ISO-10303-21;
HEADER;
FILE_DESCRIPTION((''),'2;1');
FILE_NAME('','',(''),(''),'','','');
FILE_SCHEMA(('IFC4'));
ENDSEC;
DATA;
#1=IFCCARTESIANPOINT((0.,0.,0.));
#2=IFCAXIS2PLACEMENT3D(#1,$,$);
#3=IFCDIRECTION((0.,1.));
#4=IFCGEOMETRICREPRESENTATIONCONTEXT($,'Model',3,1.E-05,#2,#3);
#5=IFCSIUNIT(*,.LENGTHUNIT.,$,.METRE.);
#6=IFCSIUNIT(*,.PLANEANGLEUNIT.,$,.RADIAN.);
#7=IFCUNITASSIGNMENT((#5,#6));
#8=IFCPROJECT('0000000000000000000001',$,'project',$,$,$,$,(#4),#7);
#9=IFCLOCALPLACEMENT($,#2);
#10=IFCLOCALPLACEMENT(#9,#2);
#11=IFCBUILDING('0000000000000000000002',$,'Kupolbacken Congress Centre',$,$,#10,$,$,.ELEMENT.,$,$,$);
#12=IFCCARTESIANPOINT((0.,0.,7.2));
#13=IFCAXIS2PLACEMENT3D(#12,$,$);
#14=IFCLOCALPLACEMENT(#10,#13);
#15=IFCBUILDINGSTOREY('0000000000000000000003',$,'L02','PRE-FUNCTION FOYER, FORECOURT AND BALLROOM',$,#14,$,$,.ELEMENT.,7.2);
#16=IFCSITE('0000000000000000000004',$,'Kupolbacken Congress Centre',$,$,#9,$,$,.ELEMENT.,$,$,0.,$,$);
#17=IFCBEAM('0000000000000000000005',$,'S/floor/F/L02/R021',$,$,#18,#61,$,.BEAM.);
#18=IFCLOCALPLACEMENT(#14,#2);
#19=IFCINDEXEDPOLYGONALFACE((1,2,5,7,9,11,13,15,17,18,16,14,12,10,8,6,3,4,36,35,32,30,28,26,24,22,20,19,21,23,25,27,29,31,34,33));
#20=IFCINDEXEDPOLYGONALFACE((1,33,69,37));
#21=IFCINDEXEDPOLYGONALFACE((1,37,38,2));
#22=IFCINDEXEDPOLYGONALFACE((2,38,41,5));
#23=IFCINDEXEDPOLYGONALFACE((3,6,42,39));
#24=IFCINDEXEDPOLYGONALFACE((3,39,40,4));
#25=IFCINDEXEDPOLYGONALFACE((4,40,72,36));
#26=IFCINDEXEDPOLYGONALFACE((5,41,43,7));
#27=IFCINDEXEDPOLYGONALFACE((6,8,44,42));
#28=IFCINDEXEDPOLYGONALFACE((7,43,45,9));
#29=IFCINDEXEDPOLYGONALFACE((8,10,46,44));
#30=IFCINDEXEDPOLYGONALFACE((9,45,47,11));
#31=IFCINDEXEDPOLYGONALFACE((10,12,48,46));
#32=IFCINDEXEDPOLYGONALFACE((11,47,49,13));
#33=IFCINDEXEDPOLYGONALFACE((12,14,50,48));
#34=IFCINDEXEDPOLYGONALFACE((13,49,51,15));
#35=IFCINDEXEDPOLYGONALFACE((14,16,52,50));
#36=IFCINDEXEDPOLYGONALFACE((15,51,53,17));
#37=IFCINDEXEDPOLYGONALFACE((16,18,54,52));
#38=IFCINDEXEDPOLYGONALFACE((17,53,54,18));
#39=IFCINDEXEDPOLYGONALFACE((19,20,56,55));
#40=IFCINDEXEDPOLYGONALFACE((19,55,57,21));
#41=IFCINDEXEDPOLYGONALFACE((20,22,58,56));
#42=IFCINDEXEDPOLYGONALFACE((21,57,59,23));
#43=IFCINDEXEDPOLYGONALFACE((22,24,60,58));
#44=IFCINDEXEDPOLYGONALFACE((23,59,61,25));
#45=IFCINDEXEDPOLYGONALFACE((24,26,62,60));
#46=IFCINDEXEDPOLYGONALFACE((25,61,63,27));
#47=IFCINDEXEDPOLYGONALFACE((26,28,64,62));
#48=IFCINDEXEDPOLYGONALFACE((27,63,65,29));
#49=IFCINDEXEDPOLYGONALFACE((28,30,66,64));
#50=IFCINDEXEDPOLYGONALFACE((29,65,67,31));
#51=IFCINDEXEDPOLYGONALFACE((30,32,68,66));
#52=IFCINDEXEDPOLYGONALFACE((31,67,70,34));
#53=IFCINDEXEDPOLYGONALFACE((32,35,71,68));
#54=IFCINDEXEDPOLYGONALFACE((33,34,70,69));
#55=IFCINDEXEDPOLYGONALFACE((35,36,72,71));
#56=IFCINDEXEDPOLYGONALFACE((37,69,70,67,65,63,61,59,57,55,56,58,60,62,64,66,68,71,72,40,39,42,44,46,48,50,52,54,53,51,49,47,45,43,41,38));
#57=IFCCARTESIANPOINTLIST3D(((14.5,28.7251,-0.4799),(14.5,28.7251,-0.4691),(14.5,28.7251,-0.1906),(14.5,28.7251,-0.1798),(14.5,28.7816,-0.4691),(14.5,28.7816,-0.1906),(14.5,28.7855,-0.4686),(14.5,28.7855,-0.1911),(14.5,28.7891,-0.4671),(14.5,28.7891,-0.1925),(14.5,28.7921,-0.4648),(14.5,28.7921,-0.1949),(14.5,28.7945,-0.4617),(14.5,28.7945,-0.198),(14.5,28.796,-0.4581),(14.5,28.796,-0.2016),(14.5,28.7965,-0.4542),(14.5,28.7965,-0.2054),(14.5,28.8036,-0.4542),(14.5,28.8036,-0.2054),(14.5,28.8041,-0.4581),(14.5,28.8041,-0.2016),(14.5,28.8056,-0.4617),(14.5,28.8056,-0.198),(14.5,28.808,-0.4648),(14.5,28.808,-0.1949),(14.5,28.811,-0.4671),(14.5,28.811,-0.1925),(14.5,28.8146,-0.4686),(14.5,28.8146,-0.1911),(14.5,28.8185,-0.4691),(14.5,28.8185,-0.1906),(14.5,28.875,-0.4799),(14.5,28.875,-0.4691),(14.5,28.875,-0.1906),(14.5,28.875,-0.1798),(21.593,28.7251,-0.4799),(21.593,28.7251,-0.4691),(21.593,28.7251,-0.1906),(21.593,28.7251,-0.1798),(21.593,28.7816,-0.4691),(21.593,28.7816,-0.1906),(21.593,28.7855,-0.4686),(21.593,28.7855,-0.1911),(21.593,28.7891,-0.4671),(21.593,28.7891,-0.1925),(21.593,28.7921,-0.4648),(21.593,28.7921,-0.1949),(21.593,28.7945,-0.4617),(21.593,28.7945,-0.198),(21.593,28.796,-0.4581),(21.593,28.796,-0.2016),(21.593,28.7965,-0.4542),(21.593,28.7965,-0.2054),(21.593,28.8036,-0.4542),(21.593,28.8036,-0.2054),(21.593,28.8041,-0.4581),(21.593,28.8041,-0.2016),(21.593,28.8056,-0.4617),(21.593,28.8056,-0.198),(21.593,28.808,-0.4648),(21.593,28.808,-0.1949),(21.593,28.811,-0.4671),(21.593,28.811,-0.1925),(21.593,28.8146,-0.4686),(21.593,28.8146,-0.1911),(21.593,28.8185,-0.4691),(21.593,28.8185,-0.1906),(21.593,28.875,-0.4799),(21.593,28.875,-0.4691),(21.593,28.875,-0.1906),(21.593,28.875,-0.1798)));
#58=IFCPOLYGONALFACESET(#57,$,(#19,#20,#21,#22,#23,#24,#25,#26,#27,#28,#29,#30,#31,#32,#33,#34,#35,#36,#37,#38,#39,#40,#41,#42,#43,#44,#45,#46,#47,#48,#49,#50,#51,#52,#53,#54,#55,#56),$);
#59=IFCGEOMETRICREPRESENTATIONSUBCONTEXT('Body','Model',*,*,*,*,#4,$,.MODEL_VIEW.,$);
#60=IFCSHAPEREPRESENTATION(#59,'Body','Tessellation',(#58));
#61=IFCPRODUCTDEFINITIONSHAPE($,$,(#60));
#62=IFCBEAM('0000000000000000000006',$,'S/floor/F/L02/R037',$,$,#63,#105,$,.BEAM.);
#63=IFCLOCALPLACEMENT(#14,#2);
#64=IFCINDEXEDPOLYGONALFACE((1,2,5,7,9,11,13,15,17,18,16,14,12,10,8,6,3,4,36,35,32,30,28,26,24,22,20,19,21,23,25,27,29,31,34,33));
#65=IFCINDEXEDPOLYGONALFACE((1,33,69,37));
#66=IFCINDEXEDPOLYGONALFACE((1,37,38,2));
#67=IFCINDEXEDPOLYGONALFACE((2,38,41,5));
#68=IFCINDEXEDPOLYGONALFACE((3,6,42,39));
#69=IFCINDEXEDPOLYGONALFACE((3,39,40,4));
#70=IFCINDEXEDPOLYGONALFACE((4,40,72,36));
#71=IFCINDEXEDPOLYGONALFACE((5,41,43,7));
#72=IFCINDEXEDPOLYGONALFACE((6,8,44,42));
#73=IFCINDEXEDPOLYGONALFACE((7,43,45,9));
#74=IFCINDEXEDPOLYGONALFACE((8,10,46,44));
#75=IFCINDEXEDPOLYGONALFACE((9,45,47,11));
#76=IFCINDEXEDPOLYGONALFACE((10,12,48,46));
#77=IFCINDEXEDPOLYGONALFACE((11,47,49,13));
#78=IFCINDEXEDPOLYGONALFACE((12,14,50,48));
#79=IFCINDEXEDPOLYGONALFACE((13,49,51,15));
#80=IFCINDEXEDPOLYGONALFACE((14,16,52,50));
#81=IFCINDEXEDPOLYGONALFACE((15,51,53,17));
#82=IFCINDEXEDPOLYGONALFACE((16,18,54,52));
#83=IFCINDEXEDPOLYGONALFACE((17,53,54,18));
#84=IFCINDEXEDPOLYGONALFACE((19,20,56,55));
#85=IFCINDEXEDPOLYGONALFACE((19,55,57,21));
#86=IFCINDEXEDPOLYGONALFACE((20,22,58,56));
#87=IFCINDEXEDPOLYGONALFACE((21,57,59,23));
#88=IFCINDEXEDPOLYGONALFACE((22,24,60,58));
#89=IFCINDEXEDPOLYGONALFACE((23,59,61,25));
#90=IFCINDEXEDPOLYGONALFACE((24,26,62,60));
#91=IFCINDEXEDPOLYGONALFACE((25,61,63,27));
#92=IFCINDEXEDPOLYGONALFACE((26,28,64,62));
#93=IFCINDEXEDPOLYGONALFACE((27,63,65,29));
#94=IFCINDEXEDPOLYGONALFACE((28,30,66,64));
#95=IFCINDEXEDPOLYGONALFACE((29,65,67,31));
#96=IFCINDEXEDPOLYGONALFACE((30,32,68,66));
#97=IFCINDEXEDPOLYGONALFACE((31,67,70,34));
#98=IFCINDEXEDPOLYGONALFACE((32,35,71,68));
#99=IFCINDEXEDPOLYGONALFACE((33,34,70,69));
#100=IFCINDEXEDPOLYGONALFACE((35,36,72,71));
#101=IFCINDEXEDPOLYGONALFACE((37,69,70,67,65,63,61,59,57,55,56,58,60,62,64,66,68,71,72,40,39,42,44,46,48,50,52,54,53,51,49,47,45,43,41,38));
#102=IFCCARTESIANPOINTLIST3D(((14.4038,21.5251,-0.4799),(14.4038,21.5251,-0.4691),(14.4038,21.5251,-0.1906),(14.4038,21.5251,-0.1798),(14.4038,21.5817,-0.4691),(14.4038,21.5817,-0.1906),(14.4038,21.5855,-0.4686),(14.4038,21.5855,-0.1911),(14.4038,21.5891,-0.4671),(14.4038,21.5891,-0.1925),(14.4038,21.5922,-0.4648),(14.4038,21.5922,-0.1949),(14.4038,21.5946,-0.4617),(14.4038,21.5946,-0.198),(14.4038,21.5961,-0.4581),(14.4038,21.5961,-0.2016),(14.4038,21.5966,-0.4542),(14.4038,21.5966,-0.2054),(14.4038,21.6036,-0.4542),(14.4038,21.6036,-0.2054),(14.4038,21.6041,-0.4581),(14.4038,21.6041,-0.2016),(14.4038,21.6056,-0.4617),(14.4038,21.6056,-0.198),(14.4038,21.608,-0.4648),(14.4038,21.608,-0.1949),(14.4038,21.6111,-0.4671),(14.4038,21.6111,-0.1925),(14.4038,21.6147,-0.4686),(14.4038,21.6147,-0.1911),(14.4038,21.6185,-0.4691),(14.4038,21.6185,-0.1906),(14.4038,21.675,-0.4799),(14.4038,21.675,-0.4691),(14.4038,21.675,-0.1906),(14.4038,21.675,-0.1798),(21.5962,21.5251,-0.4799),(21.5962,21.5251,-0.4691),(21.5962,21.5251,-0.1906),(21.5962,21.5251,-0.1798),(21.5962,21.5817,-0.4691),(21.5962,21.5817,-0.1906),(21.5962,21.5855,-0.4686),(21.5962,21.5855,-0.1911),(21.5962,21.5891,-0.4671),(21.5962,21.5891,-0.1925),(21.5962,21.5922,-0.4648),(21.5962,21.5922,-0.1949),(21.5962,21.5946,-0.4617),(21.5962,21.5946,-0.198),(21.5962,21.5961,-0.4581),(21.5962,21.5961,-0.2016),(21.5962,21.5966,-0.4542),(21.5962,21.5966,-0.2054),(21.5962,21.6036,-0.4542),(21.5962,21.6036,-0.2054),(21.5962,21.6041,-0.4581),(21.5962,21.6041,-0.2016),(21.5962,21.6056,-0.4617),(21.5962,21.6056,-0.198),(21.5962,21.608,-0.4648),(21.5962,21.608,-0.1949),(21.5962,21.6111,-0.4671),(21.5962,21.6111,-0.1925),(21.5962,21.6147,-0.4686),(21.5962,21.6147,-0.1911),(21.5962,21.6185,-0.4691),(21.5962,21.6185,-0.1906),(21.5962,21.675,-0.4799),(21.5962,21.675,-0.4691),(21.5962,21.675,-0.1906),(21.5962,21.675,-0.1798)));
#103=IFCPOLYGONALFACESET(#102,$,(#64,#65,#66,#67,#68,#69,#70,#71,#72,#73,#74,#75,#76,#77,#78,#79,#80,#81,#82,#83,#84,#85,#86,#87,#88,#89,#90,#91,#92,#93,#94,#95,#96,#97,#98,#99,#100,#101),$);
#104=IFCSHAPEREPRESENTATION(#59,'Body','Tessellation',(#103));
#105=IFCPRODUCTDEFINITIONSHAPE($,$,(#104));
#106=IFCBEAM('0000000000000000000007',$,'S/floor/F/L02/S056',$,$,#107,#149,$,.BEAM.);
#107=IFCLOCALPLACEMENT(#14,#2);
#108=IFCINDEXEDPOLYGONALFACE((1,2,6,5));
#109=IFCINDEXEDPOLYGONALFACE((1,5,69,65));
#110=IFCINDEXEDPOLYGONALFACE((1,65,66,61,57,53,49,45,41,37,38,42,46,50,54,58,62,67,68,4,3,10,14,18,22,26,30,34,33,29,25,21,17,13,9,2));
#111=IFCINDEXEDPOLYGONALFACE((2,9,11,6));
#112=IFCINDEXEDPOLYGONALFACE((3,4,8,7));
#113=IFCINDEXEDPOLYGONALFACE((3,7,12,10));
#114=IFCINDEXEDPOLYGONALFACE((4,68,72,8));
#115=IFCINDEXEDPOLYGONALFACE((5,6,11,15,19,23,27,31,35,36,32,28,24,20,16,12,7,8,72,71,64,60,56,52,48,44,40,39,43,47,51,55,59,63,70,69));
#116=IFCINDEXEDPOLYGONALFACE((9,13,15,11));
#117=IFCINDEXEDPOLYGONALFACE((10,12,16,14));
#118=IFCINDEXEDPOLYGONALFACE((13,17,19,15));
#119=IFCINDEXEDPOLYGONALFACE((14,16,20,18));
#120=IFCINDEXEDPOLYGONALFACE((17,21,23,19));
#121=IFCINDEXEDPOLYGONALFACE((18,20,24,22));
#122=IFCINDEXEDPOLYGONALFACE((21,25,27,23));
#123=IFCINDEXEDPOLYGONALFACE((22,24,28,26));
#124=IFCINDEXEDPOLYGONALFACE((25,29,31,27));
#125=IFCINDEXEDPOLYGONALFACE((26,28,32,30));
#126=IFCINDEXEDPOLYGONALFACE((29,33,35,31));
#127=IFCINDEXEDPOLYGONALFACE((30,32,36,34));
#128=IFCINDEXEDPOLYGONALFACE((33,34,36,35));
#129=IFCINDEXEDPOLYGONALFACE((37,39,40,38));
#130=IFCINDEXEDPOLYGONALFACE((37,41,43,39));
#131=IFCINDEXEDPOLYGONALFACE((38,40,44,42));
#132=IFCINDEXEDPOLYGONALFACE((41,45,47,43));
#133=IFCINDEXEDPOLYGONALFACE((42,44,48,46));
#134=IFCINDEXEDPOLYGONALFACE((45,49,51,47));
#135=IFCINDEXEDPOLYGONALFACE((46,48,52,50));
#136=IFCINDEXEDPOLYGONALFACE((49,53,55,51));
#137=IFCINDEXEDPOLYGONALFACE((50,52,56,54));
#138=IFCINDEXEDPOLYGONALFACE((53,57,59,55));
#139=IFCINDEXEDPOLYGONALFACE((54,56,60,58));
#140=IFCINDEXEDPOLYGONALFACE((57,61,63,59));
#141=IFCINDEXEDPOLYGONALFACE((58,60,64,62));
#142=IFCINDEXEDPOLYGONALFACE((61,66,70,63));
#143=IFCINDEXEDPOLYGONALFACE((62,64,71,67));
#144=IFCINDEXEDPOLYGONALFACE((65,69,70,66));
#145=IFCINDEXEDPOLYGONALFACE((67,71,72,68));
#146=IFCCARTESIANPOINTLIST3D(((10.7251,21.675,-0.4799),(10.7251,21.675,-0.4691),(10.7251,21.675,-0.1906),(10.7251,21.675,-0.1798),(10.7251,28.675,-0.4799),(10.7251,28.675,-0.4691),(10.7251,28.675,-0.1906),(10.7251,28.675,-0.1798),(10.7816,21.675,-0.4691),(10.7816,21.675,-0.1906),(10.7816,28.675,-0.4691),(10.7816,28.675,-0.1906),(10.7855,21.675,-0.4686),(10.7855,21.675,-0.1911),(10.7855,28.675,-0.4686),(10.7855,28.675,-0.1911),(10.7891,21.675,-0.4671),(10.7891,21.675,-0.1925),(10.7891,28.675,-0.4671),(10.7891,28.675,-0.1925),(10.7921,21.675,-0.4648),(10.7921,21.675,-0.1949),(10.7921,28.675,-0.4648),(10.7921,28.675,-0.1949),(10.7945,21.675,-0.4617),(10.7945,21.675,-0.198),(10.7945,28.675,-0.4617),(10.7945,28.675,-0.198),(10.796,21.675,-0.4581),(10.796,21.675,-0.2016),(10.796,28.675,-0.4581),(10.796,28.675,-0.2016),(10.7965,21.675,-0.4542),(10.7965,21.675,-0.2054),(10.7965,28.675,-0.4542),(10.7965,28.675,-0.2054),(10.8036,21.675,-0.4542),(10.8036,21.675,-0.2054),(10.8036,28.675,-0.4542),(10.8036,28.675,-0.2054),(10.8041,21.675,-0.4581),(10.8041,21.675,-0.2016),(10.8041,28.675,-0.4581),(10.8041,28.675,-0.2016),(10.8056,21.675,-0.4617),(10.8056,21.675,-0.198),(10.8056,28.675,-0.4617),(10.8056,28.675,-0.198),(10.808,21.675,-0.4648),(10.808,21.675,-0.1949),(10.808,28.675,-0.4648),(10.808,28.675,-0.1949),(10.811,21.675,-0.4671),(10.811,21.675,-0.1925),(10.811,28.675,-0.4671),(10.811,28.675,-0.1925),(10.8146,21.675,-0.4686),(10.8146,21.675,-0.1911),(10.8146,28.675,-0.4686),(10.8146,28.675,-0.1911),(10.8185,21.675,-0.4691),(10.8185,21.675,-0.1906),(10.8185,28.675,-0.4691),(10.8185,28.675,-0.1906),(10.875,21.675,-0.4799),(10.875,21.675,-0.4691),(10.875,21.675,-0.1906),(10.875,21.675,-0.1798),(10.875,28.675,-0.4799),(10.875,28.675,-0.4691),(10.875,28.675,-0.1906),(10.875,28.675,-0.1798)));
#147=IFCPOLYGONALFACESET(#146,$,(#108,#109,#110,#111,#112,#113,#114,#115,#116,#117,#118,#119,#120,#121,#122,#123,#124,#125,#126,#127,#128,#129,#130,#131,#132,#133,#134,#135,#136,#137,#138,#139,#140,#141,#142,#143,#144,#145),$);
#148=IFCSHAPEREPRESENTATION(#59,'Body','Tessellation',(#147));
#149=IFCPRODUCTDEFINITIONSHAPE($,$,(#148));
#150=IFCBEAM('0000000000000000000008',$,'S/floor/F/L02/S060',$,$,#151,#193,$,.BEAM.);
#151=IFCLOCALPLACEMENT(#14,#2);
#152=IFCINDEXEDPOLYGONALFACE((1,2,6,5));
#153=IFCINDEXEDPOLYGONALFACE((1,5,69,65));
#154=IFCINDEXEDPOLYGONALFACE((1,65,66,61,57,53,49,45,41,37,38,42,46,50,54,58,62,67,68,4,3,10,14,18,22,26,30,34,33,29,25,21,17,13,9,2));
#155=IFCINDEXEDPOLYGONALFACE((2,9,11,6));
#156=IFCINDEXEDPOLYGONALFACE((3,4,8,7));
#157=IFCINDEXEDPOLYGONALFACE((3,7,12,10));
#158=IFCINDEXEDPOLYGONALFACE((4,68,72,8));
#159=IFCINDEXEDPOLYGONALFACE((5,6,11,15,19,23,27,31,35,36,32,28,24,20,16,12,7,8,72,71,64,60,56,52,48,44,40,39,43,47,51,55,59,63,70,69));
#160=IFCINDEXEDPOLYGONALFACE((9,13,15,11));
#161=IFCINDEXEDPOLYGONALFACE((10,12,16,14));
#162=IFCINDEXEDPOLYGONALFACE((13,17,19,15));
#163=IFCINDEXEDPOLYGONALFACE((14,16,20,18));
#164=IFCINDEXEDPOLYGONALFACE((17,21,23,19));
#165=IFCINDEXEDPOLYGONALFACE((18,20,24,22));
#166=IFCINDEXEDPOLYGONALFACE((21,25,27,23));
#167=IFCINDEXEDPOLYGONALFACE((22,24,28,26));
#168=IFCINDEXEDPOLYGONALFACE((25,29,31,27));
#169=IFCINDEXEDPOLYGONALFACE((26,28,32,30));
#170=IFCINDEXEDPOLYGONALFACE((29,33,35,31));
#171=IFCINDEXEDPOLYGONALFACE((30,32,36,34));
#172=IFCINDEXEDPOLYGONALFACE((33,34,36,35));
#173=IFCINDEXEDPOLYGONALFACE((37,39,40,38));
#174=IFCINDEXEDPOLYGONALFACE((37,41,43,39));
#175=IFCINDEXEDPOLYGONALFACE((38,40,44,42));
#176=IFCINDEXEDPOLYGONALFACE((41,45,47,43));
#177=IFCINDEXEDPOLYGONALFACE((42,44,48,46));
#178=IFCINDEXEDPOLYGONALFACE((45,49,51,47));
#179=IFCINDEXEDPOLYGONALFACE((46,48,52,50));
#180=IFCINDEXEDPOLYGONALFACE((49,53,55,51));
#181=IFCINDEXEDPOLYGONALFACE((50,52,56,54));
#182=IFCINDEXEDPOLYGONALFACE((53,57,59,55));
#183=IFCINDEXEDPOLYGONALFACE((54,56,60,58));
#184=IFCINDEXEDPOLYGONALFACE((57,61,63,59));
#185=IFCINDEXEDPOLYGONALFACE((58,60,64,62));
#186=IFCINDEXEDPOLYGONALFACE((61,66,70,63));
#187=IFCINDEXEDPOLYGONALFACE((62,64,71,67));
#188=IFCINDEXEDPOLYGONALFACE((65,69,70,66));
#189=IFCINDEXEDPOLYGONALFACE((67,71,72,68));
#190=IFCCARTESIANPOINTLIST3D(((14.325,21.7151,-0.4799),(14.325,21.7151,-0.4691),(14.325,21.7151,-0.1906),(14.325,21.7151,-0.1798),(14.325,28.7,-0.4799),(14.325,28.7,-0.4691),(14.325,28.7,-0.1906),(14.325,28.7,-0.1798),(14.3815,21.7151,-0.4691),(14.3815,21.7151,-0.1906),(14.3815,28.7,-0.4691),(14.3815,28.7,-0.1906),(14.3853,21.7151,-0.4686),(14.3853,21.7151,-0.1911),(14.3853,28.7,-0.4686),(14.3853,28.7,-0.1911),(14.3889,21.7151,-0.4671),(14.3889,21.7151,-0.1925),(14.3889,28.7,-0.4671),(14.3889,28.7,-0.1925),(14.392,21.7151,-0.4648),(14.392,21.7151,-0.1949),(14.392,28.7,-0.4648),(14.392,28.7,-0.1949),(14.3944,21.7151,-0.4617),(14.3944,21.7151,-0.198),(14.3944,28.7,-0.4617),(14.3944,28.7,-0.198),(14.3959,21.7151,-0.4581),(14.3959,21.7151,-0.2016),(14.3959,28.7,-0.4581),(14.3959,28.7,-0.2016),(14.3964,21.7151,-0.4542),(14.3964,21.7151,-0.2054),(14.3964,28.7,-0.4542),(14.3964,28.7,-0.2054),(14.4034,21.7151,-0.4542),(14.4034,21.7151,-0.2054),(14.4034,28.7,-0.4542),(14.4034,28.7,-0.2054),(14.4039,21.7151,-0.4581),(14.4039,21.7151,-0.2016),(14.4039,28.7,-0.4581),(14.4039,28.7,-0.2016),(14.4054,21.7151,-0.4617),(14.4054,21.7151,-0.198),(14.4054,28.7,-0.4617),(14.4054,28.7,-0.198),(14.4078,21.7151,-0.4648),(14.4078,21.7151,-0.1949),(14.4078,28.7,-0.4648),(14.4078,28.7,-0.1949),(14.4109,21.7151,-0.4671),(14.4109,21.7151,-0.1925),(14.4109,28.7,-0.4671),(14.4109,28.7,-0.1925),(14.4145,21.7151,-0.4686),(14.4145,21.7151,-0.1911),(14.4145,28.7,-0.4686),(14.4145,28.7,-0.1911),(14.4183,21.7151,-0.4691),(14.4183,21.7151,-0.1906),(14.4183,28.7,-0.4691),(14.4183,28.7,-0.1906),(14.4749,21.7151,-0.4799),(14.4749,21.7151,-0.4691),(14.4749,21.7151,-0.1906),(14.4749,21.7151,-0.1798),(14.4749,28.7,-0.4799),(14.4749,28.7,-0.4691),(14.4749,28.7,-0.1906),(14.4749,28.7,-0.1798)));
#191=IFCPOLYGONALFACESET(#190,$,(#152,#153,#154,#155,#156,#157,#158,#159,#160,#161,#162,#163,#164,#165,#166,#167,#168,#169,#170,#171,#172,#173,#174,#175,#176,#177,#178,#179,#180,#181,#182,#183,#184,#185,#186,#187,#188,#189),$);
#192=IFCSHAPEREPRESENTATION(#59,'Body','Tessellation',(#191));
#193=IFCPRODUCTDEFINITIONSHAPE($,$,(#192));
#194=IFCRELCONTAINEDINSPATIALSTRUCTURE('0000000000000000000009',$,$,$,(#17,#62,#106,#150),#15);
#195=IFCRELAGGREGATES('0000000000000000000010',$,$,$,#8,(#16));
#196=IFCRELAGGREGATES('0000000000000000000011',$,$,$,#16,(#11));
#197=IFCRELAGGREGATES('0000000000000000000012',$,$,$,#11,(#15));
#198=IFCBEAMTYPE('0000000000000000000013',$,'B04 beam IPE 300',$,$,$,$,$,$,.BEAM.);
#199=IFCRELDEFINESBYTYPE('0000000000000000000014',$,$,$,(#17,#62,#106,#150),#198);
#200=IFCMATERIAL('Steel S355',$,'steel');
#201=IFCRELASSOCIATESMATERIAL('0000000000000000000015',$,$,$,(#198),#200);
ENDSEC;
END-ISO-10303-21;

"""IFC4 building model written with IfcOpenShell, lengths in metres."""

from ifc_helpers import new_model, si_unit, direction, frame, origin, origin_2d, place, context, subcontext, project, spatial, i_section, extrude, material, material_profile, profile_set, type_object, element, save


model = new_model("IFC4")

# Units and contexts
model_context = context("Model", 3, precision=1e-05, world=origin(), true_north=direction((0.0, 1.0)))
body_context = subcontext(model_context, "Body", "Model", "MODEL_VIEW")
ifc_project = project(units=[si_unit("LENGTHUNIT", "METRE"), si_unit("PLANEANGLEUNIT", "RADIAN")], contexts=[model_context])

# Site, building, storey
site_placement = place(None, origin())
site = spatial("IfcSite", under=ifc_project, at=site_placement, Name="Kupolbacken Congress Centre", CompositionType="ELEMENT", RefElevation=0.0)
building_placement = place(site_placement, origin())
building = spatial("IfcBuilding", under=site, at=building_placement, Name="Kupolbacken Congress Centre", CompositionType="ELEMENT")
storey_placement = place(building_placement, frame((0.0, 0.0, 7.2)))
storey = spatial("IfcBuildingStorey", under=building, at=storey_placement, Name="L02", Description="PRE-FUNCTION FOYER, FORECOURT AND BALLROOM", CompositionType="ELEMENT", Elevation=7.2)

# Beams
ifc_material_1 = material(Name="Steel S355", Category="steel")
ifc_material_profile_1 = material_profile(ifc_material_1, i_section(OverallWidth=0.1499, OverallDepth=0.3, WebThickness=0.0071, FlangeThickness=0.0107, FilletRadius=0.0149, at=origin_2d()), Name="IPE 300")
ifc_profile_set_1 = profile_set([ifc_material_profile_1], Name="Steel S355")
beam_type = type_object("IfcBeamType", Name="B04 beam IPE 300", PredefinedType="BEAM", material=ifc_profile_set_1)
beam_1_placement = place(storey_placement, frame((14.5, 28.8, -0.3298), z_axis=(1.0, 0.0, 0.0), x_axis=(0.0, 1.0, 0.0)))
element("IfcBeam", 1, at=beam_1_placement, inside=storey, type_object=beam_type, Name="S/floor/F/L02/R021", PredefinedType="BEAM", context=body_context, shape_type="SweptSolid", body=[
    extrude(i_section(OverallWidth=0.1499, OverallDepth=0.3, WebThickness=0.0071, FlangeThickness=0.0107, FilletRadius=0.0149, at=origin_2d()), origin(), (0.0, 0.0, 1.0), 7.093),
])
beam_2_placement = place(storey_placement, frame((14.4038, 21.6001, -0.3298), z_axis=(1.0, 0.0, 0.0), x_axis=(0.0, 1.0, 0.0)))
element("IfcBeam", 2, at=beam_2_placement, inside=storey, type_object=beam_type, Name="S/floor/F/L02/R037", PredefinedType="BEAM", context=body_context, shape_type="SweptSolid", body=[
    extrude(i_section(OverallWidth=0.1499, OverallDepth=0.3, WebThickness=0.0071, FlangeThickness=0.0107, FilletRadius=0.0149, at=origin_2d()), origin(), (0.0, 0.0, 1.0), 7.1924),
])
beam_3_placement = place(storey_placement, frame((10.8, 21.675, -0.3298), z_axis=(0.0, 1.0, 0.0), x_axis=(-1.0, 0.0, 0.0)))
element("IfcBeam", 3, at=beam_3_placement, inside=storey, type_object=beam_type, Name="S/floor/F/L02/S056", PredefinedType="BEAM", context=body_context, shape_type="SweptSolid", body=[
    extrude(i_section(OverallWidth=0.1499, OverallDepth=0.3, WebThickness=0.0071, FlangeThickness=0.0107, FilletRadius=0.0149, at=origin_2d()), origin(), (0.0, 0.0, 1.0), 7.0),
])
beam_4_placement = place(storey_placement, frame((14.3999, 21.7151, -0.3298), z_axis=(0.0, 1.0, 0.0), x_axis=(-1.0, 0.0, 0.0)))
element("IfcBeam", 4, at=beam_4_placement, inside=storey, type_object=beam_type, Name="S/floor/F/L02/S060", PredefinedType="BEAM", context=body_context, shape_type="SweptSolid", body=[
    extrude(i_section(OverallWidth=0.1499, OverallDepth=0.3, WebThickness=0.0071, FlangeThickness=0.0107, FilletRadius=0.0149, at=origin_2d()), origin(), (0.0, 0.0, 1.0), 6.9849),
])

save(model, "model.ifc")
